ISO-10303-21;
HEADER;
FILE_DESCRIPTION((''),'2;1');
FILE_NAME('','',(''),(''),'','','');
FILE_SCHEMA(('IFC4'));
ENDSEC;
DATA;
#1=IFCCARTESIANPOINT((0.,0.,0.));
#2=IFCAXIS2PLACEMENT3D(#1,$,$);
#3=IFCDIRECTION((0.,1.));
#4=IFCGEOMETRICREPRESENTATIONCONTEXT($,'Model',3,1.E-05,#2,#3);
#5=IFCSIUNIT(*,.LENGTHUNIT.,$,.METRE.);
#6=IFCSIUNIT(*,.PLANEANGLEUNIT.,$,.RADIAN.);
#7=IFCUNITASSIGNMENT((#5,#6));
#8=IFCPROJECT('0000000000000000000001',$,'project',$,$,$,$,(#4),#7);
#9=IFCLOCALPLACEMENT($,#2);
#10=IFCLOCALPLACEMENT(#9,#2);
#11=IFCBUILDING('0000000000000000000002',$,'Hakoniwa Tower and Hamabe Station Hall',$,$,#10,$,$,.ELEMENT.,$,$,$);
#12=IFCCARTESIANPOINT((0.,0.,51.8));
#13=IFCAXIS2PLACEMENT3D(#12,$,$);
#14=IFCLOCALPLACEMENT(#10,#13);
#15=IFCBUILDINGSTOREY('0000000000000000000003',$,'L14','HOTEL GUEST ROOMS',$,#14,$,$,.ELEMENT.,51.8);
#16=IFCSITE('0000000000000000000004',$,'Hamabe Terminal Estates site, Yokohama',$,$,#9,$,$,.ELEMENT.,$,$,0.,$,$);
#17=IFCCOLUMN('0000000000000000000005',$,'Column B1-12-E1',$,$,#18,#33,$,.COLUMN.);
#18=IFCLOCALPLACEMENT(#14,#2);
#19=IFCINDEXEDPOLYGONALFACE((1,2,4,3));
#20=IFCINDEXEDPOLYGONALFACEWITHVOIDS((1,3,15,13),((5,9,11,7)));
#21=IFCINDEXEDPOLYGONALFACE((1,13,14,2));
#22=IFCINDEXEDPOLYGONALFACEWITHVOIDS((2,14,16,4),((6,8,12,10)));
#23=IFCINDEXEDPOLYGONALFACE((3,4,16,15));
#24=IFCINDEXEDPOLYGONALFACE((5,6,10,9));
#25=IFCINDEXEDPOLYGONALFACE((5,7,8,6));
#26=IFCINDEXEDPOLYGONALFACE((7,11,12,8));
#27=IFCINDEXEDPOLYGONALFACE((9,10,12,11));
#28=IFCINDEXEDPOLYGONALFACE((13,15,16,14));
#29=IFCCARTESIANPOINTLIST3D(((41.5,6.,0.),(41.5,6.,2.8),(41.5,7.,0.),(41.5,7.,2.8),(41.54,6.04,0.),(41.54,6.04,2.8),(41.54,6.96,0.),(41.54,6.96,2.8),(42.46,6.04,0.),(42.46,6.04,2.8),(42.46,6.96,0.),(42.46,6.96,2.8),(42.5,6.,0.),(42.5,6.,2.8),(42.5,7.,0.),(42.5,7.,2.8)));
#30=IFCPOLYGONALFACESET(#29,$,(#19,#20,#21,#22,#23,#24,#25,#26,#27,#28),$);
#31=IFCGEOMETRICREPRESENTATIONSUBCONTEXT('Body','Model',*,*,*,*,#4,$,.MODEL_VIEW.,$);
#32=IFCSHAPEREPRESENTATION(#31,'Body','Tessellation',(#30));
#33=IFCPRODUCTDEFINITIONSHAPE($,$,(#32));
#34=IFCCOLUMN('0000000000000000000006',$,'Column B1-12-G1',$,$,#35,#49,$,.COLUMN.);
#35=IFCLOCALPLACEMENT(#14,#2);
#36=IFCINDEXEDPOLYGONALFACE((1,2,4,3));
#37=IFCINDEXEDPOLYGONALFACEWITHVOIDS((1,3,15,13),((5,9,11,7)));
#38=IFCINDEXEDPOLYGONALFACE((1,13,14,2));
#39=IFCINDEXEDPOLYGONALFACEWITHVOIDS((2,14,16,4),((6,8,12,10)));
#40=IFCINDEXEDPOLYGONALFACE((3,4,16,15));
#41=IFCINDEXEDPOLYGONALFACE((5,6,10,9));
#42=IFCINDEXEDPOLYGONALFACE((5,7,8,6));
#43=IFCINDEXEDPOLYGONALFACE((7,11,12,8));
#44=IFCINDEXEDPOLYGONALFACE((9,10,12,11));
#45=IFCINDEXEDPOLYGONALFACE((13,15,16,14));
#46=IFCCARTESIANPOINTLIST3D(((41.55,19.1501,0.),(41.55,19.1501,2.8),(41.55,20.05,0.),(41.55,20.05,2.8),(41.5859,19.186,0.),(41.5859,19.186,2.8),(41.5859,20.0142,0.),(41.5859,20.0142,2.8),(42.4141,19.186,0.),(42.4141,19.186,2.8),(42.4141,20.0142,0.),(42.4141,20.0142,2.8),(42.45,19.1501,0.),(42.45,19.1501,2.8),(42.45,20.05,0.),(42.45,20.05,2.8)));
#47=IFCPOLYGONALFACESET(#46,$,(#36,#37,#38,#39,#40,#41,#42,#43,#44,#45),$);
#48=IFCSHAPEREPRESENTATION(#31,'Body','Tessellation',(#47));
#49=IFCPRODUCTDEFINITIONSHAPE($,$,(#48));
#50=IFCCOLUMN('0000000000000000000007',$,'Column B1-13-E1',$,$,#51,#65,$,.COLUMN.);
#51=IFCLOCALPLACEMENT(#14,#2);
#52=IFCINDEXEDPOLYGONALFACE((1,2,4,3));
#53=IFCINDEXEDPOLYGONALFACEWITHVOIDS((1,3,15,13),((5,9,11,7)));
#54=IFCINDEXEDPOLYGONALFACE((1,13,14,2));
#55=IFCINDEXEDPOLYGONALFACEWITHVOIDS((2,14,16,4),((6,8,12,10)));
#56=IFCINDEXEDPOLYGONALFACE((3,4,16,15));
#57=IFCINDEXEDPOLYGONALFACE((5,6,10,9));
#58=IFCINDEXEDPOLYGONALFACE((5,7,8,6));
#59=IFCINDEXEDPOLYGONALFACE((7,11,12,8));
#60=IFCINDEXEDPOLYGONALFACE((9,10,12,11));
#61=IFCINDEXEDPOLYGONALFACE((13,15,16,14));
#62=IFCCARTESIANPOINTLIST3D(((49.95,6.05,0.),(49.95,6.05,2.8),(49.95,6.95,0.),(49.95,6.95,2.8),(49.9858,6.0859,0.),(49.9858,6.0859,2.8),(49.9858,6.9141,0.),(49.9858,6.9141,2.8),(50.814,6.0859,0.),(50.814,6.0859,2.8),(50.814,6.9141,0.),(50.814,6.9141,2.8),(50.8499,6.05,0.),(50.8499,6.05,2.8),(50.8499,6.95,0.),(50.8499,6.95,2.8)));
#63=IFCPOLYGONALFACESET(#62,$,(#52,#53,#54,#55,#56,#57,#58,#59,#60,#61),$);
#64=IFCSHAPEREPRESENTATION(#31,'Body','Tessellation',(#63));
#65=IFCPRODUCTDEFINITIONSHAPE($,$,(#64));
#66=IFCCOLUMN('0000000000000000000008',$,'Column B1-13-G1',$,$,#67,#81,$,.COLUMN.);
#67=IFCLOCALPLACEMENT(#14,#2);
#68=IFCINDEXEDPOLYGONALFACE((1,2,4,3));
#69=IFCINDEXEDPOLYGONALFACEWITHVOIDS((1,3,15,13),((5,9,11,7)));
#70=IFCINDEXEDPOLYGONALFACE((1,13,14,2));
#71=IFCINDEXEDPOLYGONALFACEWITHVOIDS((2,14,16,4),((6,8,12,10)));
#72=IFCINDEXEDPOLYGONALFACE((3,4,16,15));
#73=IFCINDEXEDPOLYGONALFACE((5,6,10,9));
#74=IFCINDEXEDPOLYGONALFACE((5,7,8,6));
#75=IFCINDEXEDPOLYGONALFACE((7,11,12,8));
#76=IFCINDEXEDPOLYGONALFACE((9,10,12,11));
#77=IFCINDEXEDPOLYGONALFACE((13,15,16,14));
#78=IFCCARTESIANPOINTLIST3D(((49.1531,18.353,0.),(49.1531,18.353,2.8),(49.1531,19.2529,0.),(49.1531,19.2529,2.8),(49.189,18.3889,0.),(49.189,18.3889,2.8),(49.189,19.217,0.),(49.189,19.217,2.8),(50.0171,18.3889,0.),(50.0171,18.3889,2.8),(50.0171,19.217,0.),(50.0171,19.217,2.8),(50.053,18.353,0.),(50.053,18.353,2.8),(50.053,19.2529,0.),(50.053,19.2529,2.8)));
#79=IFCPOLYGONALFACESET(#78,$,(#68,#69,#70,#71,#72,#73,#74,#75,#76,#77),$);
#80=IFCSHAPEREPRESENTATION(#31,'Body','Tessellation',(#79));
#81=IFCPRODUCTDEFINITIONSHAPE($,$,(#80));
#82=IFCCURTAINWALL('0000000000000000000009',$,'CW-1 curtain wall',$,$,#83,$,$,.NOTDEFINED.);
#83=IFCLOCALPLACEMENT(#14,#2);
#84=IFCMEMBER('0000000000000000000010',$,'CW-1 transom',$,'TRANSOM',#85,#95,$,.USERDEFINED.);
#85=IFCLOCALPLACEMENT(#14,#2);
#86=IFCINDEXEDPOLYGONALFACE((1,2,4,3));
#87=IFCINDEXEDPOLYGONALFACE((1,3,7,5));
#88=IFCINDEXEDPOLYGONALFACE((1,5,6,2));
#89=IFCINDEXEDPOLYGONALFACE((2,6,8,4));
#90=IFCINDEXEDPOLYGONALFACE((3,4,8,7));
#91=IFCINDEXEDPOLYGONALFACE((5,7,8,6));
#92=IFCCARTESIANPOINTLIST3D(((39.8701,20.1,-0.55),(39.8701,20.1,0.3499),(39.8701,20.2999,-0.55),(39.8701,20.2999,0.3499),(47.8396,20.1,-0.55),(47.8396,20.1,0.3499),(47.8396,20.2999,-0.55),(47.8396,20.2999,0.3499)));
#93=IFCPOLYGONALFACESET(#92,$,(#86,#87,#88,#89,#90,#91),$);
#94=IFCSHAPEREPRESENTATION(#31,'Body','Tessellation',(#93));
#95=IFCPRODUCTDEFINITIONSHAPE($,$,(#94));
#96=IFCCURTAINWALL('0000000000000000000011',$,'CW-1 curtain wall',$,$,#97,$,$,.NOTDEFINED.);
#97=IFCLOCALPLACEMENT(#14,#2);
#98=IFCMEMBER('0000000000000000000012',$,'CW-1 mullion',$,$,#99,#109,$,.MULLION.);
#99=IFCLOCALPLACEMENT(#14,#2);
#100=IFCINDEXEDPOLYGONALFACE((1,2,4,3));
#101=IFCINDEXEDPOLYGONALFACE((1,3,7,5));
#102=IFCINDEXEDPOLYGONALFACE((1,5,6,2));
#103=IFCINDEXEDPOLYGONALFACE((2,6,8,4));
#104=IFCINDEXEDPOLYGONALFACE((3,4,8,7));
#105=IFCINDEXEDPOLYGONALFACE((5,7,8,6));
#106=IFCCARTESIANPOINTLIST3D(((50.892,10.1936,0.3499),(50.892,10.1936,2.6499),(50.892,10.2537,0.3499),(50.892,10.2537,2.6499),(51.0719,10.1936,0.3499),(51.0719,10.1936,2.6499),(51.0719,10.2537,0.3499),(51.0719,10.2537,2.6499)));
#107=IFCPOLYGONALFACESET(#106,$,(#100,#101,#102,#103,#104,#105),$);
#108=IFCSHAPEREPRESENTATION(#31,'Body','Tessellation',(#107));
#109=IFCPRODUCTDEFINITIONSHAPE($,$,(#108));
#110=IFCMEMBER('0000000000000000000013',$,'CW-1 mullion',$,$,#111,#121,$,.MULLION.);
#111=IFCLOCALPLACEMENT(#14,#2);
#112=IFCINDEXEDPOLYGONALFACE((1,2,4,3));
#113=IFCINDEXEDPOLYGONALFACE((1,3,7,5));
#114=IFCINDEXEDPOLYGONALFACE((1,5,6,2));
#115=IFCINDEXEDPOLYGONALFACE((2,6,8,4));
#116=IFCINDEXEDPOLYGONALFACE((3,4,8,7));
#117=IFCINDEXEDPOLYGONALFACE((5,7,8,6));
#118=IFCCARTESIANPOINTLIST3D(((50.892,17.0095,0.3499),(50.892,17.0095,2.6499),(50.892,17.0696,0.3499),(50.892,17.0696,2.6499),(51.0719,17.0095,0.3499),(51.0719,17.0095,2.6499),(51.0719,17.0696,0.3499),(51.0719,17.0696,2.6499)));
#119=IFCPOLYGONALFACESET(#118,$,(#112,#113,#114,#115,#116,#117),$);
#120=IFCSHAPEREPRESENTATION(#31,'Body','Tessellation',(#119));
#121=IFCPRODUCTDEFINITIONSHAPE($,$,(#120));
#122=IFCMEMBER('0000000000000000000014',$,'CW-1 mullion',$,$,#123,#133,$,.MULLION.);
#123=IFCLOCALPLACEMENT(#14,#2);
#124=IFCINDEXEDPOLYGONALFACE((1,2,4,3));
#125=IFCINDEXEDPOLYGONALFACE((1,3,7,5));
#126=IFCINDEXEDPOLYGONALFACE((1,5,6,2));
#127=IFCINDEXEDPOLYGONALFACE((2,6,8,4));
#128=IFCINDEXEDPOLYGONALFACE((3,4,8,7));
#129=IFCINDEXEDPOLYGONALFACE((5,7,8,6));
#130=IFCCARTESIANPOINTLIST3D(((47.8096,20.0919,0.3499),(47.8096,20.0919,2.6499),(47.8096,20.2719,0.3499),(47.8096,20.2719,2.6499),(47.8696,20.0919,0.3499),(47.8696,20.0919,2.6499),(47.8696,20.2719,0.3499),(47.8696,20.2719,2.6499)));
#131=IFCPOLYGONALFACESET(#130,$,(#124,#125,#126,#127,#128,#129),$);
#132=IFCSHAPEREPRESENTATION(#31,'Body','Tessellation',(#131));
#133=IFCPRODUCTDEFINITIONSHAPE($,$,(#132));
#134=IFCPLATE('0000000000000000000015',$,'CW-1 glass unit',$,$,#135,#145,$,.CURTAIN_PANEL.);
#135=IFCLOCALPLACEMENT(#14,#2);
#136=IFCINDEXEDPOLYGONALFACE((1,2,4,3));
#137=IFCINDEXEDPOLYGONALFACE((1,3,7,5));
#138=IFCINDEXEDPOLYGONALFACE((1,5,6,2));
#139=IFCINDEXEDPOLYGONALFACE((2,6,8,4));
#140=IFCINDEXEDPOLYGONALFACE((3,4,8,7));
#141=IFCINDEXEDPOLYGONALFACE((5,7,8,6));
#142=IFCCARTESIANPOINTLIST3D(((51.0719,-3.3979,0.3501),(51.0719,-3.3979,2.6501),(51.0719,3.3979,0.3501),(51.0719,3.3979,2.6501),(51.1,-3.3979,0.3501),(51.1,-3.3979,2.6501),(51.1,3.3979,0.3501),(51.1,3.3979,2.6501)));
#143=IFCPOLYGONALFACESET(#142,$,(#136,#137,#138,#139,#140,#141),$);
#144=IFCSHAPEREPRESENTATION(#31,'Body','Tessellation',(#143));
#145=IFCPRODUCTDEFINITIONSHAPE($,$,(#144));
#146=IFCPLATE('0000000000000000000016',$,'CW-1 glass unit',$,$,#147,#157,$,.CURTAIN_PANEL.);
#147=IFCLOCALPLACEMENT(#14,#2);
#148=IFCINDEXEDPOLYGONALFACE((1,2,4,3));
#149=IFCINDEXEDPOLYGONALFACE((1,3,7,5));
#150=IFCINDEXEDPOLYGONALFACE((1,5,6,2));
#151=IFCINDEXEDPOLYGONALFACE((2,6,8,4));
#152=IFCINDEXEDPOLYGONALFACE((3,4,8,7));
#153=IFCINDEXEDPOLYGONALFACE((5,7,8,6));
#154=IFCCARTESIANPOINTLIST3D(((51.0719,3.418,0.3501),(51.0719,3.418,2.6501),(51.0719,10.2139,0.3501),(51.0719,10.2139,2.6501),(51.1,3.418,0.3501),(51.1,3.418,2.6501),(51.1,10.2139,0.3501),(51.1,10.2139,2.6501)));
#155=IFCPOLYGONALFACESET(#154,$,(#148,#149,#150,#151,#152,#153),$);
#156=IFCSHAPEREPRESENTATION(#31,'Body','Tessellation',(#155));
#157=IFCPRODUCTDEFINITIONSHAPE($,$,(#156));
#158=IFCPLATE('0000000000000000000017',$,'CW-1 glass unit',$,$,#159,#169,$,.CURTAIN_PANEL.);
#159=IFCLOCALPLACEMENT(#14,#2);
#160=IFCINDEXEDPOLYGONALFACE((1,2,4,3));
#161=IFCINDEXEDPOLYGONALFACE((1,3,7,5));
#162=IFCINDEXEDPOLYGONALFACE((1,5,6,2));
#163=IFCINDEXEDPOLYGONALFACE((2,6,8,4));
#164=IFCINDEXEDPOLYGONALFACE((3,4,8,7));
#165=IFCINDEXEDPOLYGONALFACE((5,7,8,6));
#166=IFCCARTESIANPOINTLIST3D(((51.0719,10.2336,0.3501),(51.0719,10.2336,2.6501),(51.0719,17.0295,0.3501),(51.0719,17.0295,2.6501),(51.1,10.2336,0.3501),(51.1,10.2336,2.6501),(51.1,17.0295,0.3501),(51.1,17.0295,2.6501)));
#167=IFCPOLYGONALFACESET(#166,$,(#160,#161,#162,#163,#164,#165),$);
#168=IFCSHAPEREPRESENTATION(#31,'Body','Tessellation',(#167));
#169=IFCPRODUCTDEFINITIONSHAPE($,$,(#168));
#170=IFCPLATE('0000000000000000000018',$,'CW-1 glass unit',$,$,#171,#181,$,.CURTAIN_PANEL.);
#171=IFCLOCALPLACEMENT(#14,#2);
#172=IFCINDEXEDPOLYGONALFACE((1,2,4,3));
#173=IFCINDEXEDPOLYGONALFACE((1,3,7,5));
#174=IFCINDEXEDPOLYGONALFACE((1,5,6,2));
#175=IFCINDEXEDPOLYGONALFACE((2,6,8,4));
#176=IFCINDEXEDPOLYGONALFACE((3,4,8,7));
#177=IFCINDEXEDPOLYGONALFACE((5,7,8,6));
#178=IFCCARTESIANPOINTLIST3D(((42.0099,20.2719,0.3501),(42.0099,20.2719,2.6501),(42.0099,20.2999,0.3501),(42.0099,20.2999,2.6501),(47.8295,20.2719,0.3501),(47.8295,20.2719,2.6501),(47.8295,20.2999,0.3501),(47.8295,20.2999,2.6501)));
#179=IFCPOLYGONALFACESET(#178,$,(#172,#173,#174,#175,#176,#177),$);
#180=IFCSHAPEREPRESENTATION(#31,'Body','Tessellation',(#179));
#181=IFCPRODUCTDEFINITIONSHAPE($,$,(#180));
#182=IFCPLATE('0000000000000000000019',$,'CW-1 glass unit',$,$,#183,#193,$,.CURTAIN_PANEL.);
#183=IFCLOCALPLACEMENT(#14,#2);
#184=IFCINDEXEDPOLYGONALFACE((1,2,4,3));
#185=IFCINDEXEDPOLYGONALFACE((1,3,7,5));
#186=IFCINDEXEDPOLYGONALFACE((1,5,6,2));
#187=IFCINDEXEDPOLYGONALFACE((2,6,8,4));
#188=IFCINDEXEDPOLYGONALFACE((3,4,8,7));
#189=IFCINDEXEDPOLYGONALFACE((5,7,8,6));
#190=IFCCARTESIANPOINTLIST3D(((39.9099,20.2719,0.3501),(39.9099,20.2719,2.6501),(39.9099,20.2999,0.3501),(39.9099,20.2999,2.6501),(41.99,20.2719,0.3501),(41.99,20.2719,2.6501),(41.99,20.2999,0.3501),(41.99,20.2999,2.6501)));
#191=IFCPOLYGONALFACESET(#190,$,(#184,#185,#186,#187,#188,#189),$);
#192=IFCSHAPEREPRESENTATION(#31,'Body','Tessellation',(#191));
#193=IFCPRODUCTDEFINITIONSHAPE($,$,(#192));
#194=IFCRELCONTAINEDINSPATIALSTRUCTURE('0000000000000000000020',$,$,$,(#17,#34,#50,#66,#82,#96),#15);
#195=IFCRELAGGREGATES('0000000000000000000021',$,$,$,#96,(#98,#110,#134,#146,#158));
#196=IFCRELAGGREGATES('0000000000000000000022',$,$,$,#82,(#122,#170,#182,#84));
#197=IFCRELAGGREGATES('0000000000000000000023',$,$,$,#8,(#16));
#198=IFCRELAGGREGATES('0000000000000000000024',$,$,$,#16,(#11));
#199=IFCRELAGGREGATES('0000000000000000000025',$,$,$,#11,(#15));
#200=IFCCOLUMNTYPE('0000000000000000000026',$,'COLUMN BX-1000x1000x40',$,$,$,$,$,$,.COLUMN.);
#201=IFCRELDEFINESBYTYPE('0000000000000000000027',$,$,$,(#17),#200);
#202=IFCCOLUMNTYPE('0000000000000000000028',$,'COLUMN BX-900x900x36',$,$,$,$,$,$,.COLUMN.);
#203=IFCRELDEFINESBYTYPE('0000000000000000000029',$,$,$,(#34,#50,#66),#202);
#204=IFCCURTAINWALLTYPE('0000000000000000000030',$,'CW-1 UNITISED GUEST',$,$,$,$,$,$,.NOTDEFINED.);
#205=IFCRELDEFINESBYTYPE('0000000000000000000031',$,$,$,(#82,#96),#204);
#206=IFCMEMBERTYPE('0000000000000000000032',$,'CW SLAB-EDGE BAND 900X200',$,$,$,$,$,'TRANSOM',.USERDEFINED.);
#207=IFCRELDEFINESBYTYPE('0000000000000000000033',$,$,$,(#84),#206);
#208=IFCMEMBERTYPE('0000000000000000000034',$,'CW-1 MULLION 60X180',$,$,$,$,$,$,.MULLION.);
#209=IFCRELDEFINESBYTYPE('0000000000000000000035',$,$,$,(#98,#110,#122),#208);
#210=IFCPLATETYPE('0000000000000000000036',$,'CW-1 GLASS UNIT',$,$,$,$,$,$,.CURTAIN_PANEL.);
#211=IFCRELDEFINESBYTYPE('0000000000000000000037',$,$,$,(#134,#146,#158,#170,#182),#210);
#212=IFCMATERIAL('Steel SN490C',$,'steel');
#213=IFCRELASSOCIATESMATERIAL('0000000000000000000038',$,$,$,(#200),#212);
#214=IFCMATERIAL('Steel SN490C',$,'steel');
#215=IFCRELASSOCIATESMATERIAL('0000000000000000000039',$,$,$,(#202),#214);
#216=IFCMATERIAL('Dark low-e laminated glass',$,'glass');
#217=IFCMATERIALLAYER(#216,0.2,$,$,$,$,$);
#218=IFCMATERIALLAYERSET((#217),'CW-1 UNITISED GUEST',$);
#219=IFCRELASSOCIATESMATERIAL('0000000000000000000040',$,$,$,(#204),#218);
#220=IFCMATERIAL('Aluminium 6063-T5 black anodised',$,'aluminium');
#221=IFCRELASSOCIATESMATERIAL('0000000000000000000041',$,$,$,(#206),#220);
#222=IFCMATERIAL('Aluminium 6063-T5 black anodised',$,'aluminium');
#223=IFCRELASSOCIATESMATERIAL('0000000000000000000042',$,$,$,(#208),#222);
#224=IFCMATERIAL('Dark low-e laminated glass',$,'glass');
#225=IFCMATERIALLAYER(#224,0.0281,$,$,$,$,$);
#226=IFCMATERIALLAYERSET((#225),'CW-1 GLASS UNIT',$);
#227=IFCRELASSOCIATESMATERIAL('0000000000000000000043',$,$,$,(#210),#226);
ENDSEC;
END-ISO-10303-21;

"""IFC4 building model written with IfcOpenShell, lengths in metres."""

from ifc_helpers import new_model, si_unit, direction, frame, origin, origin_2d, place, context, subcontext, project, spatial, rectangle, hollow_rectangle, extrude, material, layer, layer_set, material_profile, profile_set, type_object, element, aggregate, save


model = new_model("IFC4")

# Units and contexts
model_context = context("Model", 3, precision=1e-05, world=origin(), true_north=direction((0.0, 1.0)))
body_context = subcontext(model_context, "Body", "Model", "MODEL_VIEW")
ifc_project = project(units=[si_unit("LENGTHUNIT", "METRE"), si_unit("PLANEANGLEUNIT", "RADIAN")], contexts=[model_context])

# Site, building, storey
site_placement = place(None, origin())
site = spatial("IfcSite", under=ifc_project, at=site_placement, Name="Hamabe Terminal Estates site, Yokohama", CompositionType="ELEMENT", RefElevation=0.0)
building_placement = place(site_placement, origin())
building = spatial("IfcBuilding", under=site, at=building_placement, Name="Hakoniwa Tower and Hamabe Station Hall", CompositionType="ELEMENT")
storey_placement = place(building_placement, frame((0.0, 0.0, 51.8)))
storey = spatial("IfcBuildingStorey", under=building, at=storey_placement, Name="L14", Description="HOTEL GUEST ROOMS", CompositionType="ELEMENT", Elevation=51.8)

# Columns
ifc_material_1 = material(Name="Steel SN490C", Category="steel")
ifc_material_profile_1 = material_profile(ifc_material_1, hollow_rectangle(XDim=1.0, YDim=1.0, WallThickness=0.04, at=origin_2d()), Name="BX-1000x1000x40")
ifc_profile_set_1 = profile_set([ifc_material_profile_1], Name="Steel SN490C")
column_type_1 = type_object("IfcColumnType", Name="COLUMN BX-1000x1000x40", PredefinedType="COLUMN", material=ifc_profile_set_1)
column_placement = place(storey_placement, frame((42.0, 6.5, 0.0), z_axis=(0.0, 0.0, 1.0), x_axis=(1.0, 0.0, 0.0)))
element("IfcColumn", 1, at=column_placement, inside=storey, type_object=column_type_1, Name="Column B1-12-E1", PredefinedType="COLUMN", context=body_context, shape_type="SweptSolid", body=[
    extrude(hollow_rectangle(XDim=1.0, YDim=1.0, WallThickness=0.04, at=origin_2d()), origin(), (0.0, 0.0, 1.0), 2.8),
])
ifc_material_2 = material(Name="Steel SN490C", Category="steel")
ifc_material_profile_2 = material_profile(ifc_material_2, hollow_rectangle(XDim=0.8999, YDim=0.8999, WallThickness=0.0359, at=origin_2d()), Name="BX-900x900x36")
ifc_profile_set_2 = profile_set([ifc_material_profile_2], Name="Steel SN490C")
column_type_2 = type_object("IfcColumnType", Name="COLUMN BX-900x900x36", PredefinedType="COLUMN", material=ifc_profile_set_2)
for number, where, z_axis, x_axis, name in (
    (2, (42.0, 19.6001, 0.0), (0.0, 0.0, 1.0), (1.0, 0.0, 0.0), "Column B1-12-G1"),
    (3, (50.3999, 6.5, 0.0), (0.0, 0.0, 1.0), (1.0, 0.0, 0.0), "Column B1-13-E1"),
    (4, (49.603, 18.803, 0.0), (0.0, 0.0, 1.0), (1.0, 0.0, 0.0), "Column B1-13-G1"),
):
    element("IfcColumn", number, at=place(storey_placement, frame(where, z_axis=z_axis, x_axis=x_axis)), inside=storey, type_object=column_type_2, Name=name, PredefinedType="COLUMN", context=body_context, shape_type="SweptSolid", body=[
        extrude(hollow_rectangle(XDim=0.8999, YDim=0.8999, WallThickness=0.0359, at=origin_2d()), origin(), (0.0, 0.0, 1.0), 2.8),
    ])

# Curtain wall, member
ifc_material_3 = material(Name="Dark low-e laminated glass", Category="glass")
ifc_layer_1 = layer(ifc_material_3, 0.2)
ifc_layer_set_1 = layer_set([ifc_layer_1], Name="CW-1 UNITISED GUEST")
curtain_wall_type = type_object("IfcCurtainWallType", Name="CW-1 UNITISED GUEST", PredefinedType="NOTDEFINED", material=ifc_layer_set_1)
curtain_wall_1_placement = place(storey_placement, origin())
curtain_wall_1 = element("IfcCurtainWall", 5, at=curtain_wall_1_placement, inside=storey, type_object=curtain_wall_type, Name="CW-1 curtain wall", PredefinedType="NOTDEFINED")
ifc_material_4 = material(Name="Aluminium 6063-T5 black anodised", Category="aluminium")
ifc_material_profile_3 = material_profile(ifc_material_4, rectangle(XDim=0.2, YDim=0.8999, at=origin_2d()), Name="CW SLAB-EDGE BAND 900X200")
ifc_profile_set_3 = profile_set([ifc_material_profile_3], Name="Aluminium 6063-T5 black anodised")
member_type_1 = type_object("IfcMemberType", Name="CW SLAB-EDGE BAND 900X200", ElementType="TRANSOM", PredefinedType="USERDEFINED", material=ifc_profile_set_3)
member_1_placement = place(storey_placement, frame((47.8396, 20.2, -0.1001), z_axis=(-1.0, 0.0, 0.0), x_axis=(0.0, -1.0, 0.0)))
member_1 = element("IfcMember", 6, at=member_1_placement, type_object=member_type_1, Name="CW-1 transom", ObjectType="TRANSOM", PredefinedType="USERDEFINED", context=body_context, shape_type="SweptSolid", body=[
    extrude(rectangle(XDim=0.2, YDim=0.8999, at=origin_2d()), origin(), (0.0, 0.0, 1.0), 7.9695),
])

# Curtain wall, members
curtain_wall_2_placement = place(storey_placement, origin())
curtain_wall_2 = element("IfcCurtainWall", 7, at=curtain_wall_2_placement, inside=storey, type_object=curtain_wall_type, Name="CW-1 curtain wall", PredefinedType="NOTDEFINED")
ifc_material_5 = material(Name="Aluminium 6063-T5 black anodised", Category="aluminium")
ifc_material_profile_4 = material_profile(ifc_material_5, rectangle(XDim=0.0601, YDim=0.1799, at=origin_2d()), Name="CW-1 MULLION 60X180")
ifc_profile_set_4 = profile_set([ifc_material_profile_4], Name="Aluminium 6063-T5 black anodised")
member_type_2 = type_object("IfcMemberType", Name="CW-1 MULLION 60X180", PredefinedType="MULLION", material=ifc_profile_set_4)
member_2_placement = place(storey_placement, frame((50.9819, 10.2236, 0.3499), z_axis=(0.0, 0.0, 1.0), x_axis=(0.0, 1.0, 0.0)))
member_2 = element("IfcMember", 8, at=member_2_placement, type_object=member_type_2, Name="CW-1 mullion", PredefinedType="MULLION", context=body_context, shape_type="SweptSolid", body=[
    extrude(rectangle(XDim=0.0601, YDim=0.1799, at=origin_2d()), origin(), (0.0, 0.0, 1.0), 2.3),
])
member_3_placement = place(storey_placement, frame((50.9819, 17.0396, 0.3499), z_axis=(0.0, 0.0, 1.0), x_axis=(0.0, 1.0, 0.0)))
member_3 = element("IfcMember", 9, at=member_3_placement, type_object=member_type_2, Name="CW-1 mullion", PredefinedType="MULLION", context=body_context, shape_type="SweptSolid", body=[
    extrude(rectangle(XDim=0.0601, YDim=0.1799, at=origin_2d()), origin(), (0.0, 0.0, 1.0), 2.3),
])

# Member
member_4_placement = place(storey_placement, frame((47.8396, 20.1819, 0.3499), z_axis=(0.0, 0.0, 1.0), x_axis=(-1.0, 0.0, 0.0)))
member_4 = element("IfcMember", 10, at=member_4_placement, type_object=member_type_2, Name="CW-1 mullion", PredefinedType="MULLION", context=body_context, shape_type="SweptSolid", body=[
    extrude(rectangle(XDim=0.0601, YDim=0.1799, at=origin_2d()), origin(), (0.0, 0.0, 1.0), 2.3),
])

# Plates
ifc_material_6 = material(Name="Dark low-e laminated glass", Category="glass")
ifc_layer_2 = layer(ifc_material_6, 0.0281)
ifc_layer_set_2 = layer_set([ifc_layer_2], Name="CW-1 GLASS UNIT")
plate_type = type_object("IfcPlateType", Name="CW-1 GLASS UNIT", PredefinedType="CURTAIN_PANEL", material=ifc_layer_set_2)
plate_1_placement = place(storey_placement, frame((51.0859, 0.0, 0.3501), z_axis=(0.0, 0.0, 1.0), x_axis=(0.0, 1.0, 0.0)))
plate_1 = element("IfcPlate", 11, at=plate_1_placement, type_object=plate_type, Name="CW-1 glass unit", PredefinedType="CURTAIN_PANEL", context=body_context, shape_type="SweptSolid", body=[
    extrude(rectangle(XDim=6.7959, YDim=0.0281, at=origin_2d()), origin(), (0.0, 0.0, 1.0), 2.3),
])
plate_2_placement = place(storey_placement, frame((51.0859, 6.8159, 0.3501), z_axis=(0.0, 0.0, 1.0), x_axis=(0.0, 1.0, 0.0)))
plate_2 = element("IfcPlate", 12, at=plate_2_placement, type_object=plate_type, Name="CW-1 glass unit", PredefinedType="CURTAIN_PANEL", context=body_context, shape_type="SweptSolid", body=[
    extrude(rectangle(XDim=6.7959, YDim=0.0281, at=origin_2d()), origin(), (0.0, 0.0, 1.0), 2.3),
])
plate_3_placement = place(storey_placement, frame((51.0859, 13.6316, 0.3501), z_axis=(0.0, 0.0, 1.0), x_axis=(0.0, 1.0, 0.0)))
plate_3 = element("IfcPlate", 13, at=plate_3_placement, type_object=plate_type, Name="CW-1 glass unit", PredefinedType="CURTAIN_PANEL", context=body_context, shape_type="SweptSolid", body=[
    extrude(rectangle(XDim=6.7959, YDim=0.0281, at=origin_2d()), origin(), (0.0, 0.0, 1.0), 2.3),
])
aggregate(curtain_wall_2, [member_2, member_3, plate_1, plate_2, plate_3])
plate_4_placement = place(storey_placement, frame((44.9197, 20.2859, 0.3501), z_axis=(0.0, 0.0, 1.0), x_axis=(-1.0, 0.0, 0.0)))
plate_4 = element("IfcPlate", 14, at=plate_4_placement, type_object=plate_type, Name="CW-1 glass unit", PredefinedType="CURTAIN_PANEL", context=body_context, shape_type="SweptSolid", body=[
    extrude(rectangle(XDim=5.8196, YDim=0.0281, at=origin_2d()), origin(), (0.0, 0.0, 1.0), 2.3),
])
plate_5_placement = place(storey_placement, frame((40.95, 20.2859, 0.3501), z_axis=(0.0, 0.0, 1.0), x_axis=(-1.0, 0.0, 0.0)))
plate_5 = element("IfcPlate", 15, at=plate_5_placement, type_object=plate_type, Name="CW-1 glass unit", PredefinedType="CURTAIN_PANEL", context=body_context, shape_type="SweptSolid", body=[
    extrude(rectangle(XDim=2.0801, YDim=0.0281, at=origin_2d()), origin(), (0.0, 0.0, 1.0), 2.3),
])

aggregate(curtain_wall_1, [member_4, plate_4, plate_5, member_1])

save(model, "model.ifc")
